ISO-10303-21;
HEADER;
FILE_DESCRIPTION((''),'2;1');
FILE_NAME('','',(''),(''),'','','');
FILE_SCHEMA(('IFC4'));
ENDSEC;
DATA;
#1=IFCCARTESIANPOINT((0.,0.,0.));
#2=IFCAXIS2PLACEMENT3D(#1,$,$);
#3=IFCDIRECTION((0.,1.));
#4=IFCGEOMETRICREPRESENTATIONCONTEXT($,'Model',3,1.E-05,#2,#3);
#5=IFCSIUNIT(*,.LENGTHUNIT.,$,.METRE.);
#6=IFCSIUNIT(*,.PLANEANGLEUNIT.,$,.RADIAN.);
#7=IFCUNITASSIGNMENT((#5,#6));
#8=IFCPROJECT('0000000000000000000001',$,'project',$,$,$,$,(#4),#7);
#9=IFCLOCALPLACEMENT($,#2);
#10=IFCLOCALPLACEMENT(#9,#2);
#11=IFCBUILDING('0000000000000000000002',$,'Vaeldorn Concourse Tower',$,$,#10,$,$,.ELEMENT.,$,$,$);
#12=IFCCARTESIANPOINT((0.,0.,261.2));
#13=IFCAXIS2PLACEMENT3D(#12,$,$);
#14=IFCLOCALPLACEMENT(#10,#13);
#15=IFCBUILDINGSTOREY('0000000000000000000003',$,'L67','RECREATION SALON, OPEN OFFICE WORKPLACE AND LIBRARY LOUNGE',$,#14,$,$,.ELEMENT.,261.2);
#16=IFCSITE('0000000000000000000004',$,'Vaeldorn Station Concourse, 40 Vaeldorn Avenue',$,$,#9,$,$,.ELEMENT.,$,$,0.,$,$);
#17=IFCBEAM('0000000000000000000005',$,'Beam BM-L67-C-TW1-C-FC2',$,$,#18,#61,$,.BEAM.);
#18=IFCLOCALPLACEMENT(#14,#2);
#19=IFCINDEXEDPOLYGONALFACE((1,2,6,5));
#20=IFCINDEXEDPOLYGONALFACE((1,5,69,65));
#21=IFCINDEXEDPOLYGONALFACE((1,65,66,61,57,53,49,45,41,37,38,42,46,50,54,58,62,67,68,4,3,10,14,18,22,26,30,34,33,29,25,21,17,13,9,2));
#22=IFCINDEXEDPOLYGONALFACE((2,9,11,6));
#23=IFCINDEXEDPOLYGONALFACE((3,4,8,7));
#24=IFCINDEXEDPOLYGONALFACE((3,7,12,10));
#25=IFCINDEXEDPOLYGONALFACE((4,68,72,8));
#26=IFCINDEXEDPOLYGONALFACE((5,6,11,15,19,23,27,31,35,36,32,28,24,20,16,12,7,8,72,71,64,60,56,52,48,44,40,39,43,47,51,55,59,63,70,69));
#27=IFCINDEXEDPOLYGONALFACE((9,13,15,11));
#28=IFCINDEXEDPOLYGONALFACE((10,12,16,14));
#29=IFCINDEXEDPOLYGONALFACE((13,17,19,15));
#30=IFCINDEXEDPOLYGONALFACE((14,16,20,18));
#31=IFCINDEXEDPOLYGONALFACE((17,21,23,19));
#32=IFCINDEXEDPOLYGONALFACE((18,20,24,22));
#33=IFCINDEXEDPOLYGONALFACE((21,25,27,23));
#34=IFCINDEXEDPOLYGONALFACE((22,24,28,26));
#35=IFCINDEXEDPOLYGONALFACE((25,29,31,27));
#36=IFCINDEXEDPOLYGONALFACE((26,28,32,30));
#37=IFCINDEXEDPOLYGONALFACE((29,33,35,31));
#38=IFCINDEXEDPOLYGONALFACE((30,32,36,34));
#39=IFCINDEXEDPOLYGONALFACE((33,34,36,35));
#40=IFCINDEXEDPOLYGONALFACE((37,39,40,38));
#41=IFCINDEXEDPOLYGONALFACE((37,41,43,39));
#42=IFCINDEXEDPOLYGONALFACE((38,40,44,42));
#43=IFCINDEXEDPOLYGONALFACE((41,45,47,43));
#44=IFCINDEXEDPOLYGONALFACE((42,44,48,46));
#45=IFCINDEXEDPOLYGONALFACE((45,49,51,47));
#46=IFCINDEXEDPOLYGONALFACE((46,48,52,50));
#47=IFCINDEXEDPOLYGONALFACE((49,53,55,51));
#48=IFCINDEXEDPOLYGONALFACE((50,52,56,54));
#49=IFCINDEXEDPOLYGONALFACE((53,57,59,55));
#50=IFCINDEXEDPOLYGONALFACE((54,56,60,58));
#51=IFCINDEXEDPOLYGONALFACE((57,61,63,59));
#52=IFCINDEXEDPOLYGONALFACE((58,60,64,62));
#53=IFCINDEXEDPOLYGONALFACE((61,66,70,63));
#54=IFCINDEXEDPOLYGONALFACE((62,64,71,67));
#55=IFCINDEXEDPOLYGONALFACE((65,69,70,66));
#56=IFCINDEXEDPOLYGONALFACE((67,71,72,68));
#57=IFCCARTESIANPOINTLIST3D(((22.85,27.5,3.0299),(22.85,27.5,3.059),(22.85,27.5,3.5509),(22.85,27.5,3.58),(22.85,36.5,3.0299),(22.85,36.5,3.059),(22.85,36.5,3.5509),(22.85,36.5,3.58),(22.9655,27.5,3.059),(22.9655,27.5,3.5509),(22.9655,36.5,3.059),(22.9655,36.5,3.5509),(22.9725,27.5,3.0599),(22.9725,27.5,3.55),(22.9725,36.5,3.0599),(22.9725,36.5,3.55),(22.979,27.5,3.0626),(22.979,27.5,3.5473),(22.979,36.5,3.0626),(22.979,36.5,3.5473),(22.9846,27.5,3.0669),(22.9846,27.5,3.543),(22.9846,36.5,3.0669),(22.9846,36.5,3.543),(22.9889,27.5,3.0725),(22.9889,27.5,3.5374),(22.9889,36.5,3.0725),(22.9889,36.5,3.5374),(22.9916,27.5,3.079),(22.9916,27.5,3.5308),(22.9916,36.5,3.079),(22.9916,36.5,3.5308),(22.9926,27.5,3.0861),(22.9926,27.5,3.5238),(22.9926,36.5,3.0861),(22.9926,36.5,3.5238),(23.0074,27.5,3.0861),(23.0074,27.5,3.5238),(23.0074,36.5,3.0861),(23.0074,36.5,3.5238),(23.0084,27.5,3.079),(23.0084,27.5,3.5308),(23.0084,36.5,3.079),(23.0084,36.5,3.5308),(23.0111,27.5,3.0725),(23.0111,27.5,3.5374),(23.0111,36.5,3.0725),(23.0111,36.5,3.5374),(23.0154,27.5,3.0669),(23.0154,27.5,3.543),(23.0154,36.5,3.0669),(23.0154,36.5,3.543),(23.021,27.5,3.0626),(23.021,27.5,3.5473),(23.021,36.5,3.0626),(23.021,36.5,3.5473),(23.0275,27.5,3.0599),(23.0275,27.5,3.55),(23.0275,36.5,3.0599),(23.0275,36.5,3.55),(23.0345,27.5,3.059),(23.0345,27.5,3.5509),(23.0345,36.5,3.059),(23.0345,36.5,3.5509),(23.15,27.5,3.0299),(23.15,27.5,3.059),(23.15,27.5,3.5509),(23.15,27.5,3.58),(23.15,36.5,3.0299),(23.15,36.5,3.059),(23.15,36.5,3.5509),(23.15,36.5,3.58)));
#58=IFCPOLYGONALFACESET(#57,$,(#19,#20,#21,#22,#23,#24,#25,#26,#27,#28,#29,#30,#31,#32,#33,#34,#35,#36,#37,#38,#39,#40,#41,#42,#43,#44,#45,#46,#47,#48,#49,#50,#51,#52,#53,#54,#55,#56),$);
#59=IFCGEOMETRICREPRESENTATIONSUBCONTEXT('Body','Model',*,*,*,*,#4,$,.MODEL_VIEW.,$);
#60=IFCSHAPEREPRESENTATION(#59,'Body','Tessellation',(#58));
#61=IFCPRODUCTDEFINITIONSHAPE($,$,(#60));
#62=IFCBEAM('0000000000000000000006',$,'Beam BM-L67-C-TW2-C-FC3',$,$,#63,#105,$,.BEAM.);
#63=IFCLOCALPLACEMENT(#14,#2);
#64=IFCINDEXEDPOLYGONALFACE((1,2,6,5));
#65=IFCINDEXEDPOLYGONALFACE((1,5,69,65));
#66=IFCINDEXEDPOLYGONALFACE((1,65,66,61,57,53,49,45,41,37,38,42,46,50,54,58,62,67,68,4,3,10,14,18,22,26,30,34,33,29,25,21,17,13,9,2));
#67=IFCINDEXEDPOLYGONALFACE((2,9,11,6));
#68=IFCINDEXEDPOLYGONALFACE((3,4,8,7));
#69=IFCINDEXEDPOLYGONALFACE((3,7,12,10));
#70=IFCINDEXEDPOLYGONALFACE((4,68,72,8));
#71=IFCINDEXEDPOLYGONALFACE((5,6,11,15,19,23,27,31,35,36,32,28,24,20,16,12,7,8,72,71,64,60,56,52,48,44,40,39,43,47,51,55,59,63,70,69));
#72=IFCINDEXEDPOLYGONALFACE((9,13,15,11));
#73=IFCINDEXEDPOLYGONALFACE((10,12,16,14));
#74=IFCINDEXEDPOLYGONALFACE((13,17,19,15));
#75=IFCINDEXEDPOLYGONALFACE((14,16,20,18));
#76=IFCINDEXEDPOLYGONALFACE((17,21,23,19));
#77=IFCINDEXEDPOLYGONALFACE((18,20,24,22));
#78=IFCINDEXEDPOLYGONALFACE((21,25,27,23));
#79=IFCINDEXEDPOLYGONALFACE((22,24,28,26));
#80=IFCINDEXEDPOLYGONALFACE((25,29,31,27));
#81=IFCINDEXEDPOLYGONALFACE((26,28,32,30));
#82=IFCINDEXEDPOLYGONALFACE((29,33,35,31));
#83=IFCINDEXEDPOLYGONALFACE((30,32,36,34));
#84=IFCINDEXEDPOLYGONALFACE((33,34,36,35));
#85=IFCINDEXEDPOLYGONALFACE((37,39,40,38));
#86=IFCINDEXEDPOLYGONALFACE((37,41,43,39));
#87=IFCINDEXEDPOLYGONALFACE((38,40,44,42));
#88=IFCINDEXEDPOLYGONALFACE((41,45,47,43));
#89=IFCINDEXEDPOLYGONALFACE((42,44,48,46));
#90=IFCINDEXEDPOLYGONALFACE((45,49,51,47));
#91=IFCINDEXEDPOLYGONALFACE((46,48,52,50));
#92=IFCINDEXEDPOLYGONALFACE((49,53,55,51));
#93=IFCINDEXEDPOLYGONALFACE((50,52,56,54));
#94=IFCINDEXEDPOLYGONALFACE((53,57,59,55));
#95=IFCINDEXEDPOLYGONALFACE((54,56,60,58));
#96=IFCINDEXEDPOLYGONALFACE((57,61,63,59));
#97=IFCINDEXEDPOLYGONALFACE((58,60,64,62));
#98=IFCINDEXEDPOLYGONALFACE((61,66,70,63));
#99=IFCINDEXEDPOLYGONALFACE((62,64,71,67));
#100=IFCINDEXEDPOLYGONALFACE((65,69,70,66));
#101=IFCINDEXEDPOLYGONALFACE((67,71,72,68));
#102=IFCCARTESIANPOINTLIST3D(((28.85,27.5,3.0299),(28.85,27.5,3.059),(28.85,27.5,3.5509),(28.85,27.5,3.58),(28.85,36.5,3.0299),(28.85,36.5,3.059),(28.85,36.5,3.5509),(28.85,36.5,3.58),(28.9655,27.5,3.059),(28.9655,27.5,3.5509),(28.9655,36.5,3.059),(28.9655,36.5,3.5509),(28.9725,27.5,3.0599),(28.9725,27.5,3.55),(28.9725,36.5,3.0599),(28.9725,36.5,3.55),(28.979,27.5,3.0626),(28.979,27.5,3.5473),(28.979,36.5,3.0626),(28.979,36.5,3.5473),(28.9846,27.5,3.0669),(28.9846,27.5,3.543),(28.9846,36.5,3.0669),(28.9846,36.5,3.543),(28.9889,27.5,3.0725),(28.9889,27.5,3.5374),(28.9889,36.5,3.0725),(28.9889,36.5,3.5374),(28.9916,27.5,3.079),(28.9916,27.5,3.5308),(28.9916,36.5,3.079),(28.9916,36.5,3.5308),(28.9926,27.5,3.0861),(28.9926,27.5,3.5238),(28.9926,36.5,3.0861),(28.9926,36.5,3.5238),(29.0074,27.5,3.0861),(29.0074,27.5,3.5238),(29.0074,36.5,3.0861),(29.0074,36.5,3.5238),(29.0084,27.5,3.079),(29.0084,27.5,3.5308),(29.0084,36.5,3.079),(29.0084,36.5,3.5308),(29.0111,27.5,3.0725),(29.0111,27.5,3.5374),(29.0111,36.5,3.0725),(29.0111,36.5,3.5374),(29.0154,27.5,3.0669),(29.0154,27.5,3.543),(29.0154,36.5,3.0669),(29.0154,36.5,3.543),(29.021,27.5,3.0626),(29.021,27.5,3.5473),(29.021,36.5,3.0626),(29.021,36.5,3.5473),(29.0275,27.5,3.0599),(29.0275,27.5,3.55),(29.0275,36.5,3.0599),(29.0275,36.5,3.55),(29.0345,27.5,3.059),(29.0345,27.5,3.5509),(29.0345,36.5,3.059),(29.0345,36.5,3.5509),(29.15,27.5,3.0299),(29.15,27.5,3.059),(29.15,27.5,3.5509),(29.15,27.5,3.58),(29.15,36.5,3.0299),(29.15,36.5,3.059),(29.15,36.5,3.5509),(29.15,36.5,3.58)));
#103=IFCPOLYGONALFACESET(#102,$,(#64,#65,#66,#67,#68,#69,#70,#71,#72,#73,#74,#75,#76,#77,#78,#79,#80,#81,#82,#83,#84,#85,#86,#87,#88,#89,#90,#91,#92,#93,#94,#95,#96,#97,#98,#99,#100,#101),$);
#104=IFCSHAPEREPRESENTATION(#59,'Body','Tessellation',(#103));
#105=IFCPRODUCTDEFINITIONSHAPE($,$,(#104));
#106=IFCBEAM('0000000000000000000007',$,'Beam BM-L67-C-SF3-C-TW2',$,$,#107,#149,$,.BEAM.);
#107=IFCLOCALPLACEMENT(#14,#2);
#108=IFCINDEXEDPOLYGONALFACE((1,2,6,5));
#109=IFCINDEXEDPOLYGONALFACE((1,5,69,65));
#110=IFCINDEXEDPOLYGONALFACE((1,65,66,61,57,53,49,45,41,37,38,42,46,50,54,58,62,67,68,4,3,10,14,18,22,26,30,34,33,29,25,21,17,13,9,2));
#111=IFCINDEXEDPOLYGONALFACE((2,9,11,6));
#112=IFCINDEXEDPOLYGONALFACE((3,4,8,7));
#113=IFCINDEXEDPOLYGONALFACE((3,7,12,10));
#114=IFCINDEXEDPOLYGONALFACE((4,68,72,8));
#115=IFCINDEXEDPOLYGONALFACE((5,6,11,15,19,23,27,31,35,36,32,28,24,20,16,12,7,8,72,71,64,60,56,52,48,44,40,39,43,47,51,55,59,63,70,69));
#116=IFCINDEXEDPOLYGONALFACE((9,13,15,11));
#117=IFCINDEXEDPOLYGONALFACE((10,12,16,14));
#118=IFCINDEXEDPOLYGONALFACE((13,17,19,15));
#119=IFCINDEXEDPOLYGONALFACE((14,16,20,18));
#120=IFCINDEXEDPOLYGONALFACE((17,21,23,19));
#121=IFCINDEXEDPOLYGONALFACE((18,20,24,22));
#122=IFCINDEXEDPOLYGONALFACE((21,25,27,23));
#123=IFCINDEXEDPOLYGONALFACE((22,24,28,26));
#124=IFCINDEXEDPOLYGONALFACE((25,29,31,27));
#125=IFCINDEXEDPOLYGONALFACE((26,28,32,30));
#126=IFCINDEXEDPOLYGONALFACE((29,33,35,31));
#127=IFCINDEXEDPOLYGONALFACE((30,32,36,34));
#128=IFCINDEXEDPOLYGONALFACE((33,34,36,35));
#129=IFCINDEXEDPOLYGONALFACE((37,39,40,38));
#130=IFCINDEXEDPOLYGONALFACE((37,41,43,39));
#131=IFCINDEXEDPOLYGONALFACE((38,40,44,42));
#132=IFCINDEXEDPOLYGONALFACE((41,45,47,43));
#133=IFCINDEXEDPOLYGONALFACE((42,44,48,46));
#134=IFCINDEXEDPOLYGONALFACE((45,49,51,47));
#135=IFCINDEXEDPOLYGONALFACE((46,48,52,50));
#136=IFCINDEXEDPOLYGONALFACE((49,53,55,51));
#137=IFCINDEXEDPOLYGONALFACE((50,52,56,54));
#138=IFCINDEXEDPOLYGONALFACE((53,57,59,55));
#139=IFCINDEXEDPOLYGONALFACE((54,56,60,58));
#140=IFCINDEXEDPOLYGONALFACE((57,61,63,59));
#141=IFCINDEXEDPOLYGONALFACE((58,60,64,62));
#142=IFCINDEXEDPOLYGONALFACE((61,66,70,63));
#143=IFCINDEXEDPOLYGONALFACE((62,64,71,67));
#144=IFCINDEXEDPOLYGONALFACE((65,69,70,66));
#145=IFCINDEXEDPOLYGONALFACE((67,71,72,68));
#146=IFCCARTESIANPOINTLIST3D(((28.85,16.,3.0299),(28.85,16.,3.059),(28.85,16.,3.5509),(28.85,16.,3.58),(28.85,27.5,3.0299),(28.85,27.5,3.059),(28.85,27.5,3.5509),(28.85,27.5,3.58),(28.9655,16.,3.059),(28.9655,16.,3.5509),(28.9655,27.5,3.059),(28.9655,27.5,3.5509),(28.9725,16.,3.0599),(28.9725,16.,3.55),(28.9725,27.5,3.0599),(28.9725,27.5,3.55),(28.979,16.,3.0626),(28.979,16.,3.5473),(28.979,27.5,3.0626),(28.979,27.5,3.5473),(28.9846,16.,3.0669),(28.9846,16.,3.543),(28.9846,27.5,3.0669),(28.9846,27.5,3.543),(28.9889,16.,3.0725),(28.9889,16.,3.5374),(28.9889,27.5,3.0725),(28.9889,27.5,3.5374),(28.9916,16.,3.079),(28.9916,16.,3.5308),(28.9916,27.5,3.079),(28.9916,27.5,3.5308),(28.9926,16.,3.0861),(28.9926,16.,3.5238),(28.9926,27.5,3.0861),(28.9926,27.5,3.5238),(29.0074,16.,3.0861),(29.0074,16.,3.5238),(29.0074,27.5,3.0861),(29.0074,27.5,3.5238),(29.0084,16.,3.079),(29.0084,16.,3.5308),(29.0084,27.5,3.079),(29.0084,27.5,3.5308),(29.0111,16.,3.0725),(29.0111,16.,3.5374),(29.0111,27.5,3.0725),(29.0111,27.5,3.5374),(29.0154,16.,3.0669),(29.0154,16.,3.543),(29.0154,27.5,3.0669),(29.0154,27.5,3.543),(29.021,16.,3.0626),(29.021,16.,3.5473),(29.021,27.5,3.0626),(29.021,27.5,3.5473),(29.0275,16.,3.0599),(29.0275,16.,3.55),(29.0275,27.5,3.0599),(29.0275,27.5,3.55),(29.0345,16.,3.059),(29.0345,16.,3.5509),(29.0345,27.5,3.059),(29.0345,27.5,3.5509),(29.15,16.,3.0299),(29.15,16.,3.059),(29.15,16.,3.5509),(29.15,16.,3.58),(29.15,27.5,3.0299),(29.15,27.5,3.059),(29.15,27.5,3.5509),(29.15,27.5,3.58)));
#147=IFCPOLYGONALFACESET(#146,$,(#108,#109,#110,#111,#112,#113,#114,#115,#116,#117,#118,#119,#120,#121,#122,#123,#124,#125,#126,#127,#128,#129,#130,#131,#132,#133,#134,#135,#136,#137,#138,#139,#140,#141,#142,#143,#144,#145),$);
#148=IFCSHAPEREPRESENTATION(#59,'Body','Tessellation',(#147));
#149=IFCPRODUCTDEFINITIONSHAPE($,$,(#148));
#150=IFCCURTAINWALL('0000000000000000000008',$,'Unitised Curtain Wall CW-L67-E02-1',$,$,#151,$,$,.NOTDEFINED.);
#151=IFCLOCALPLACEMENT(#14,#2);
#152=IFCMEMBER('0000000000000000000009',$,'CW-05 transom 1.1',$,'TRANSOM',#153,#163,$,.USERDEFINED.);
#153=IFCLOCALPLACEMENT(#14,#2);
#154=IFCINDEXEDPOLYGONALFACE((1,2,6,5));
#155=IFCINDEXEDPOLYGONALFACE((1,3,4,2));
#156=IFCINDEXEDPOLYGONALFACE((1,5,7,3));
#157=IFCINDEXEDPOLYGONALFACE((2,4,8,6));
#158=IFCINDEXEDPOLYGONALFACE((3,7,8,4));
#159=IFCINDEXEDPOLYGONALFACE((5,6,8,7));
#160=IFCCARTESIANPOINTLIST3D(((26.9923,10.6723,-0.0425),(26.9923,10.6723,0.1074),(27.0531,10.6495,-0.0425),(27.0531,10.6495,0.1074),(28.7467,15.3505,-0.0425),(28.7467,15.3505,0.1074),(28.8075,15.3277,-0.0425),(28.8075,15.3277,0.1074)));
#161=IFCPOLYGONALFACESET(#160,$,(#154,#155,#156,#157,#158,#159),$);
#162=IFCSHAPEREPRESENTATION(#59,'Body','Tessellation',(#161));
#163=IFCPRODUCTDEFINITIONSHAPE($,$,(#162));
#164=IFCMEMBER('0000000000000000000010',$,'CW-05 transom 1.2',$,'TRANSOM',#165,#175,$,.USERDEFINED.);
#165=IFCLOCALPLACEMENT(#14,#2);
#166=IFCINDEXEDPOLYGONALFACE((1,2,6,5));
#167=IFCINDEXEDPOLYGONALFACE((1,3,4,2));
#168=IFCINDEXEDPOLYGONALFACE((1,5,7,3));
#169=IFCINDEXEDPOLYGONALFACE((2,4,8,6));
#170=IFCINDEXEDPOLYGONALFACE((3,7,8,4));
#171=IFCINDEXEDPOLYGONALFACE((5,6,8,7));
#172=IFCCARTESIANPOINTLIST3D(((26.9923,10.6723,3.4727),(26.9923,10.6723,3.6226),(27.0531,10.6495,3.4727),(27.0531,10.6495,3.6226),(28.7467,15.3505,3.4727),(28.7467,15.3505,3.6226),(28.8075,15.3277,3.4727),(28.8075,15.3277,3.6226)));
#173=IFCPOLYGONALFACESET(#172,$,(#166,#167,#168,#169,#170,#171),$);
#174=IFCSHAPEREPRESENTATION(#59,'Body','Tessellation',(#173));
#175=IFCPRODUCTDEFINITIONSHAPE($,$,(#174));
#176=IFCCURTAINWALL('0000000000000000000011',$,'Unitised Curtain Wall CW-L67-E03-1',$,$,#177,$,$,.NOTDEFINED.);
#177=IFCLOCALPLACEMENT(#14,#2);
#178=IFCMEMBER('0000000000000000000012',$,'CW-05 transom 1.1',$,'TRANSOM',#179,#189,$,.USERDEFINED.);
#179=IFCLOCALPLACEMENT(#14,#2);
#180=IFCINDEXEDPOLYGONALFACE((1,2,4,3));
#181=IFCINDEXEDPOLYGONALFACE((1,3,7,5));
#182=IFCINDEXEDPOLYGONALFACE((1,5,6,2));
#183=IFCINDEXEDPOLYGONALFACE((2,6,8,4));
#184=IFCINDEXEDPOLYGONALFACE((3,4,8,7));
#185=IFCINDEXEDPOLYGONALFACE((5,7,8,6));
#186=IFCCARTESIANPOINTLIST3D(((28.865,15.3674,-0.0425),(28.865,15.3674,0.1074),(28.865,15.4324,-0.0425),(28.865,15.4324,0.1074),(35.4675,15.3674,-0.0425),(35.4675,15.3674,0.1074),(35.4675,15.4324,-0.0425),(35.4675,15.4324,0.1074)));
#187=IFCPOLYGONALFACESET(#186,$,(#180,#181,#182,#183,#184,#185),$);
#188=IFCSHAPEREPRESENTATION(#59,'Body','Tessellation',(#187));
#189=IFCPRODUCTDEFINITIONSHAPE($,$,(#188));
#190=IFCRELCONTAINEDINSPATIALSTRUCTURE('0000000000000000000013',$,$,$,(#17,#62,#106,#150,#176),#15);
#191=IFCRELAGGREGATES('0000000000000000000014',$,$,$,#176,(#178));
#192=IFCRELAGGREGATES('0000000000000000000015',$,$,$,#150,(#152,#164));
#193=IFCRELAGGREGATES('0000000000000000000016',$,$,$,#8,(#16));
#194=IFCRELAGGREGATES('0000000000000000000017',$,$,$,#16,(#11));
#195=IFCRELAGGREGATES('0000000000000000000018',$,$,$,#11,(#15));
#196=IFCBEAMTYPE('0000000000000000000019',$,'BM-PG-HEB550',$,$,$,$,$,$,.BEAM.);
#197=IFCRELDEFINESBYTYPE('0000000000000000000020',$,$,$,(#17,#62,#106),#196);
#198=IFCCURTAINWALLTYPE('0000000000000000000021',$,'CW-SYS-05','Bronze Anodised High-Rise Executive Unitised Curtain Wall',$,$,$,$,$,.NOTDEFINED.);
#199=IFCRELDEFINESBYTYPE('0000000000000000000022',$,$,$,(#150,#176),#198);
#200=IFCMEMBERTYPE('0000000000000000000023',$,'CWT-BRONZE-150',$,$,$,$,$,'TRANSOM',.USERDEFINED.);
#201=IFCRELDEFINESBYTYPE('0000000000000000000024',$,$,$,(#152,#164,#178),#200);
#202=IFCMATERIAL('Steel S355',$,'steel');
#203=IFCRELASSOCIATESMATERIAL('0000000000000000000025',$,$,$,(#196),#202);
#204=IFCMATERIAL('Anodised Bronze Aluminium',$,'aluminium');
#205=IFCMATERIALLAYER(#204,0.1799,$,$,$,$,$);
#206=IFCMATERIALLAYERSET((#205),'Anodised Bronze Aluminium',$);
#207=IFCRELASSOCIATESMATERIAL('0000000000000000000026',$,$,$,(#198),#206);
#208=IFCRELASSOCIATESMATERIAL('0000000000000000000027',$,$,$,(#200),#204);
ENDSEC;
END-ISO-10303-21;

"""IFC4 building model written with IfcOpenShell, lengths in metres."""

from ifc_helpers import new_model, si_unit, direction, frame, origin, origin_2d, place, context, subcontext, project, spatial, rectangle, i_section, extrude, source, transform, mapped, material, layer, layer_set, material_profile, profile_set, type_object, element, aggregate, save


model = new_model("IFC4")

# Units and contexts
model_context = context("Model", 3, precision=1e-05, world=origin(), true_north=direction((0.0, 1.0)))
body_context = subcontext(model_context, "Body", "Model", "MODEL_VIEW")
ifc_project = project(units=[si_unit("LENGTHUNIT", "METRE"), si_unit("PLANEANGLEUNIT", "RADIAN")], contexts=[model_context])

# Site, building, storey
site_placement = place(None, origin())
site = spatial("IfcSite", under=ifc_project, at=site_placement, Name="Vaeldorn Station Concourse, 40 Vaeldorn Avenue", CompositionType="ELEMENT", RefElevation=0.0)
building_placement = place(site_placement, origin())
building = spatial("IfcBuilding", under=site, at=building_placement, Name="Vaeldorn Concourse Tower", CompositionType="ELEMENT")
storey_placement = place(building_placement, frame((0.0, 0.0, 261.2)))
storey = spatial("IfcBuildingStorey", under=building, at=storey_placement, Name="L67", Description="RECREATION SALON, OPEN OFFICE WORKPLACE AND LIBRARY LOUNGE", CompositionType="ELEMENT", Elevation=261.2)

# Shared definitions
ifc_material_1 = material(Name="Steel S355", Category="steel")

# Beams
ifc_material_profile_1 = material_profile(ifc_material_1, i_section(OverallWidth=0.3, OverallDepth=0.55, WebThickness=0.0149, FlangeThickness=0.0291, FilletRadius=0.0271, at=origin_2d()), Name="HEB 550")
ifc_profile_set_1 = profile_set([ifc_material_profile_1], Name="Steel S355")
beam_type_1 = type_object("IfcBeamType", Name="BM-PG-HEB550", PredefinedType="BEAM", material=ifc_profile_set_1)
shared_shape_1 = source(origin(), body_context, "Body", "SweptSolid", [
    extrude(i_section(OverallWidth=0.3, OverallDepth=0.55, WebThickness=0.0149, FlangeThickness=0.0291, FilletRadius=0.0271, at=origin_2d()), origin(), (0.0, 0.0, 1.0), 9.0),
])
for number, where, z_axis, x_axis, name in (
    (1, (23.0, 27.5, 3.3049), (0.0, 1.0, 0.0), (-1.0, 0.0, 0.0), "Beam BM-L67-C-TW1-C-FC2"),
    (2, (29.0, 27.5, 3.3049), (0.0, 1.0, 0.0), (-1.0, 0.0, 0.0), "Beam BM-L67-C-TW2-C-FC3"),
):
    element("IfcBeam", number, at=place(storey_placement, frame(where, z_axis=z_axis, x_axis=x_axis)), inside=storey, type_object=beam_type_1, Name=name, PredefinedType="BEAM", context=body_context, shape_type="MappedRepresentation", body=[
        mapped(shared_shape_1, transform((0.0, 0.0, 0.0), scale=1.0)),
    ])
shared_shape_2 = source(origin(), body_context, "Body", "SweptSolid", [
    extrude(i_section(OverallWidth=0.3, OverallDepth=0.55, WebThickness=0.0149, FlangeThickness=0.0291, FilletRadius=0.0271, at=origin_2d()), origin(), (0.0, 0.0, 1.0), 11.5),
])
beam_1_placement = place(storey_placement, frame((29.0, 16.0, 3.3049), z_axis=(0.0, 1.0, 0.0), x_axis=(-1.0, 0.0, 0.0)))
element("IfcBeam", 3, at=beam_1_placement, inside=storey, type_object=beam_type_1, Name="Beam BM-L67-C-SF3-C-TW2", PredefinedType="BEAM", context=body_context, shape_type="MappedRepresentation", body=[
    mapped(shared_shape_2, transform((0.0, 0.0, 0.0), scale=1.0)),
])

# Curtain walls, members
ifc_material_2 = material(Name="Anodised Bronze Aluminium", Category="aluminium")
ifc_layer_1 = layer(ifc_material_2, 0.1799)
ifc_layer_set_1 = layer_set([ifc_layer_1], Name="Anodised Bronze Aluminium")
curtain_wall_type = type_object("IfcCurtainWallType", Name="CW-SYS-05", Description="Bronze Anodised High-Rise Executive Unitised Curtain Wall", PredefinedType="NOTDEFINED", material=ifc_layer_set_1)
curtain_wall_1_placement = place(storey_placement, origin())
curtain_wall_1 = element("IfcCurtainWall", 4, at=curtain_wall_1_placement, inside=storey, type_object=curtain_wall_type, Name="Unitised Curtain Wall CW-L67-E02-1", PredefinedType="NOTDEFINED")
ifc_material_profile_2 = material_profile(ifc_material_2, rectangle(XDim=0.0649, YDim=0.1499, at=origin_2d()), Name="CWT 65x150")
ifc_profile_set_2 = profile_set([ifc_material_profile_2], Name="Anodised Bronze Aluminium")
member_type_1 = type_object("IfcMemberType", Name="CWT-BRONZE-150", ElementType="TRANSOM", PredefinedType="USERDEFINED", material=ifc_profile_set_2)
shared_shape_3 = source(origin(), body_context, "Body", "SweptSolid", [
    extrude(rectangle(XDim=0.0649, YDim=0.1499, at=origin_2d()), origin(), (0.0, 0.0, 1.0), 4.9963),
])
member_1_placement = place(storey_placement, frame((27.0227, 10.6609, 0.0325), z_axis=(0.351134, 0.936325, 0.0), x_axis=(-0.936325, 0.351134, 0.0)))
member_1 = element("IfcMember", 5, at=member_1_placement, type_object=member_type_1, Name="CW-05 transom 1.1", ObjectType="TRANSOM", PredefinedType="USERDEFINED", context=body_context, shape_type="MappedRepresentation", body=[
    mapped(shared_shape_3, transform((0.0, 0.0, 0.0), scale=1.0)),
])
member_2_placement = place(storey_placement, frame((27.0227, 10.6609, 3.5476), z_axis=(0.351134, 0.936325, 0.0), x_axis=(-0.936325, 0.351134, 0.0)))
member_2 = element("IfcMember", 6, at=member_2_placement, type_object=member_type_1, Name="CW-05 transom 1.2", ObjectType="TRANSOM", PredefinedType="USERDEFINED", context=body_context, shape_type="MappedRepresentation", body=[
    mapped(shared_shape_3, transform((0.0, 0.0, 0.0), scale=1.0)),
])
curtain_wall_2_placement = place(storey_placement, origin())
curtain_wall_2 = element("IfcCurtainWall", 7, at=curtain_wall_2_placement, inside=storey, type_object=curtain_wall_type, Name="Unitised Curtain Wall CW-L67-E03-1", PredefinedType="NOTDEFINED")
shared_shape_4 = source(origin(), body_context, "Body", "SweptSolid", [
    extrude(rectangle(XDim=0.0649, YDim=0.1499, at=origin_2d()), origin(), (0.0, 0.0, 1.0), 6.6025),
])
member_3_placement = place(storey_placement, frame((28.865, 15.3999, 0.0325), z_axis=(1.0, 0.0, 0.0), x_axis=(0.0, 1.0, 0.0)))
member_3 = element("IfcMember", 8, at=member_3_placement, type_object=member_type_1, Name="CW-05 transom 1.1", ObjectType="TRANSOM", PredefinedType="USERDEFINED", context=body_context, shape_type="MappedRepresentation", body=[
    mapped(shared_shape_4, transform((0.0, 0.0, 0.0), scale=1.0)),
])

aggregate(curtain_wall_2, [member_3])

aggregate(curtain_wall_1, [member_1, member_2])

save(model, "model.ifc")
